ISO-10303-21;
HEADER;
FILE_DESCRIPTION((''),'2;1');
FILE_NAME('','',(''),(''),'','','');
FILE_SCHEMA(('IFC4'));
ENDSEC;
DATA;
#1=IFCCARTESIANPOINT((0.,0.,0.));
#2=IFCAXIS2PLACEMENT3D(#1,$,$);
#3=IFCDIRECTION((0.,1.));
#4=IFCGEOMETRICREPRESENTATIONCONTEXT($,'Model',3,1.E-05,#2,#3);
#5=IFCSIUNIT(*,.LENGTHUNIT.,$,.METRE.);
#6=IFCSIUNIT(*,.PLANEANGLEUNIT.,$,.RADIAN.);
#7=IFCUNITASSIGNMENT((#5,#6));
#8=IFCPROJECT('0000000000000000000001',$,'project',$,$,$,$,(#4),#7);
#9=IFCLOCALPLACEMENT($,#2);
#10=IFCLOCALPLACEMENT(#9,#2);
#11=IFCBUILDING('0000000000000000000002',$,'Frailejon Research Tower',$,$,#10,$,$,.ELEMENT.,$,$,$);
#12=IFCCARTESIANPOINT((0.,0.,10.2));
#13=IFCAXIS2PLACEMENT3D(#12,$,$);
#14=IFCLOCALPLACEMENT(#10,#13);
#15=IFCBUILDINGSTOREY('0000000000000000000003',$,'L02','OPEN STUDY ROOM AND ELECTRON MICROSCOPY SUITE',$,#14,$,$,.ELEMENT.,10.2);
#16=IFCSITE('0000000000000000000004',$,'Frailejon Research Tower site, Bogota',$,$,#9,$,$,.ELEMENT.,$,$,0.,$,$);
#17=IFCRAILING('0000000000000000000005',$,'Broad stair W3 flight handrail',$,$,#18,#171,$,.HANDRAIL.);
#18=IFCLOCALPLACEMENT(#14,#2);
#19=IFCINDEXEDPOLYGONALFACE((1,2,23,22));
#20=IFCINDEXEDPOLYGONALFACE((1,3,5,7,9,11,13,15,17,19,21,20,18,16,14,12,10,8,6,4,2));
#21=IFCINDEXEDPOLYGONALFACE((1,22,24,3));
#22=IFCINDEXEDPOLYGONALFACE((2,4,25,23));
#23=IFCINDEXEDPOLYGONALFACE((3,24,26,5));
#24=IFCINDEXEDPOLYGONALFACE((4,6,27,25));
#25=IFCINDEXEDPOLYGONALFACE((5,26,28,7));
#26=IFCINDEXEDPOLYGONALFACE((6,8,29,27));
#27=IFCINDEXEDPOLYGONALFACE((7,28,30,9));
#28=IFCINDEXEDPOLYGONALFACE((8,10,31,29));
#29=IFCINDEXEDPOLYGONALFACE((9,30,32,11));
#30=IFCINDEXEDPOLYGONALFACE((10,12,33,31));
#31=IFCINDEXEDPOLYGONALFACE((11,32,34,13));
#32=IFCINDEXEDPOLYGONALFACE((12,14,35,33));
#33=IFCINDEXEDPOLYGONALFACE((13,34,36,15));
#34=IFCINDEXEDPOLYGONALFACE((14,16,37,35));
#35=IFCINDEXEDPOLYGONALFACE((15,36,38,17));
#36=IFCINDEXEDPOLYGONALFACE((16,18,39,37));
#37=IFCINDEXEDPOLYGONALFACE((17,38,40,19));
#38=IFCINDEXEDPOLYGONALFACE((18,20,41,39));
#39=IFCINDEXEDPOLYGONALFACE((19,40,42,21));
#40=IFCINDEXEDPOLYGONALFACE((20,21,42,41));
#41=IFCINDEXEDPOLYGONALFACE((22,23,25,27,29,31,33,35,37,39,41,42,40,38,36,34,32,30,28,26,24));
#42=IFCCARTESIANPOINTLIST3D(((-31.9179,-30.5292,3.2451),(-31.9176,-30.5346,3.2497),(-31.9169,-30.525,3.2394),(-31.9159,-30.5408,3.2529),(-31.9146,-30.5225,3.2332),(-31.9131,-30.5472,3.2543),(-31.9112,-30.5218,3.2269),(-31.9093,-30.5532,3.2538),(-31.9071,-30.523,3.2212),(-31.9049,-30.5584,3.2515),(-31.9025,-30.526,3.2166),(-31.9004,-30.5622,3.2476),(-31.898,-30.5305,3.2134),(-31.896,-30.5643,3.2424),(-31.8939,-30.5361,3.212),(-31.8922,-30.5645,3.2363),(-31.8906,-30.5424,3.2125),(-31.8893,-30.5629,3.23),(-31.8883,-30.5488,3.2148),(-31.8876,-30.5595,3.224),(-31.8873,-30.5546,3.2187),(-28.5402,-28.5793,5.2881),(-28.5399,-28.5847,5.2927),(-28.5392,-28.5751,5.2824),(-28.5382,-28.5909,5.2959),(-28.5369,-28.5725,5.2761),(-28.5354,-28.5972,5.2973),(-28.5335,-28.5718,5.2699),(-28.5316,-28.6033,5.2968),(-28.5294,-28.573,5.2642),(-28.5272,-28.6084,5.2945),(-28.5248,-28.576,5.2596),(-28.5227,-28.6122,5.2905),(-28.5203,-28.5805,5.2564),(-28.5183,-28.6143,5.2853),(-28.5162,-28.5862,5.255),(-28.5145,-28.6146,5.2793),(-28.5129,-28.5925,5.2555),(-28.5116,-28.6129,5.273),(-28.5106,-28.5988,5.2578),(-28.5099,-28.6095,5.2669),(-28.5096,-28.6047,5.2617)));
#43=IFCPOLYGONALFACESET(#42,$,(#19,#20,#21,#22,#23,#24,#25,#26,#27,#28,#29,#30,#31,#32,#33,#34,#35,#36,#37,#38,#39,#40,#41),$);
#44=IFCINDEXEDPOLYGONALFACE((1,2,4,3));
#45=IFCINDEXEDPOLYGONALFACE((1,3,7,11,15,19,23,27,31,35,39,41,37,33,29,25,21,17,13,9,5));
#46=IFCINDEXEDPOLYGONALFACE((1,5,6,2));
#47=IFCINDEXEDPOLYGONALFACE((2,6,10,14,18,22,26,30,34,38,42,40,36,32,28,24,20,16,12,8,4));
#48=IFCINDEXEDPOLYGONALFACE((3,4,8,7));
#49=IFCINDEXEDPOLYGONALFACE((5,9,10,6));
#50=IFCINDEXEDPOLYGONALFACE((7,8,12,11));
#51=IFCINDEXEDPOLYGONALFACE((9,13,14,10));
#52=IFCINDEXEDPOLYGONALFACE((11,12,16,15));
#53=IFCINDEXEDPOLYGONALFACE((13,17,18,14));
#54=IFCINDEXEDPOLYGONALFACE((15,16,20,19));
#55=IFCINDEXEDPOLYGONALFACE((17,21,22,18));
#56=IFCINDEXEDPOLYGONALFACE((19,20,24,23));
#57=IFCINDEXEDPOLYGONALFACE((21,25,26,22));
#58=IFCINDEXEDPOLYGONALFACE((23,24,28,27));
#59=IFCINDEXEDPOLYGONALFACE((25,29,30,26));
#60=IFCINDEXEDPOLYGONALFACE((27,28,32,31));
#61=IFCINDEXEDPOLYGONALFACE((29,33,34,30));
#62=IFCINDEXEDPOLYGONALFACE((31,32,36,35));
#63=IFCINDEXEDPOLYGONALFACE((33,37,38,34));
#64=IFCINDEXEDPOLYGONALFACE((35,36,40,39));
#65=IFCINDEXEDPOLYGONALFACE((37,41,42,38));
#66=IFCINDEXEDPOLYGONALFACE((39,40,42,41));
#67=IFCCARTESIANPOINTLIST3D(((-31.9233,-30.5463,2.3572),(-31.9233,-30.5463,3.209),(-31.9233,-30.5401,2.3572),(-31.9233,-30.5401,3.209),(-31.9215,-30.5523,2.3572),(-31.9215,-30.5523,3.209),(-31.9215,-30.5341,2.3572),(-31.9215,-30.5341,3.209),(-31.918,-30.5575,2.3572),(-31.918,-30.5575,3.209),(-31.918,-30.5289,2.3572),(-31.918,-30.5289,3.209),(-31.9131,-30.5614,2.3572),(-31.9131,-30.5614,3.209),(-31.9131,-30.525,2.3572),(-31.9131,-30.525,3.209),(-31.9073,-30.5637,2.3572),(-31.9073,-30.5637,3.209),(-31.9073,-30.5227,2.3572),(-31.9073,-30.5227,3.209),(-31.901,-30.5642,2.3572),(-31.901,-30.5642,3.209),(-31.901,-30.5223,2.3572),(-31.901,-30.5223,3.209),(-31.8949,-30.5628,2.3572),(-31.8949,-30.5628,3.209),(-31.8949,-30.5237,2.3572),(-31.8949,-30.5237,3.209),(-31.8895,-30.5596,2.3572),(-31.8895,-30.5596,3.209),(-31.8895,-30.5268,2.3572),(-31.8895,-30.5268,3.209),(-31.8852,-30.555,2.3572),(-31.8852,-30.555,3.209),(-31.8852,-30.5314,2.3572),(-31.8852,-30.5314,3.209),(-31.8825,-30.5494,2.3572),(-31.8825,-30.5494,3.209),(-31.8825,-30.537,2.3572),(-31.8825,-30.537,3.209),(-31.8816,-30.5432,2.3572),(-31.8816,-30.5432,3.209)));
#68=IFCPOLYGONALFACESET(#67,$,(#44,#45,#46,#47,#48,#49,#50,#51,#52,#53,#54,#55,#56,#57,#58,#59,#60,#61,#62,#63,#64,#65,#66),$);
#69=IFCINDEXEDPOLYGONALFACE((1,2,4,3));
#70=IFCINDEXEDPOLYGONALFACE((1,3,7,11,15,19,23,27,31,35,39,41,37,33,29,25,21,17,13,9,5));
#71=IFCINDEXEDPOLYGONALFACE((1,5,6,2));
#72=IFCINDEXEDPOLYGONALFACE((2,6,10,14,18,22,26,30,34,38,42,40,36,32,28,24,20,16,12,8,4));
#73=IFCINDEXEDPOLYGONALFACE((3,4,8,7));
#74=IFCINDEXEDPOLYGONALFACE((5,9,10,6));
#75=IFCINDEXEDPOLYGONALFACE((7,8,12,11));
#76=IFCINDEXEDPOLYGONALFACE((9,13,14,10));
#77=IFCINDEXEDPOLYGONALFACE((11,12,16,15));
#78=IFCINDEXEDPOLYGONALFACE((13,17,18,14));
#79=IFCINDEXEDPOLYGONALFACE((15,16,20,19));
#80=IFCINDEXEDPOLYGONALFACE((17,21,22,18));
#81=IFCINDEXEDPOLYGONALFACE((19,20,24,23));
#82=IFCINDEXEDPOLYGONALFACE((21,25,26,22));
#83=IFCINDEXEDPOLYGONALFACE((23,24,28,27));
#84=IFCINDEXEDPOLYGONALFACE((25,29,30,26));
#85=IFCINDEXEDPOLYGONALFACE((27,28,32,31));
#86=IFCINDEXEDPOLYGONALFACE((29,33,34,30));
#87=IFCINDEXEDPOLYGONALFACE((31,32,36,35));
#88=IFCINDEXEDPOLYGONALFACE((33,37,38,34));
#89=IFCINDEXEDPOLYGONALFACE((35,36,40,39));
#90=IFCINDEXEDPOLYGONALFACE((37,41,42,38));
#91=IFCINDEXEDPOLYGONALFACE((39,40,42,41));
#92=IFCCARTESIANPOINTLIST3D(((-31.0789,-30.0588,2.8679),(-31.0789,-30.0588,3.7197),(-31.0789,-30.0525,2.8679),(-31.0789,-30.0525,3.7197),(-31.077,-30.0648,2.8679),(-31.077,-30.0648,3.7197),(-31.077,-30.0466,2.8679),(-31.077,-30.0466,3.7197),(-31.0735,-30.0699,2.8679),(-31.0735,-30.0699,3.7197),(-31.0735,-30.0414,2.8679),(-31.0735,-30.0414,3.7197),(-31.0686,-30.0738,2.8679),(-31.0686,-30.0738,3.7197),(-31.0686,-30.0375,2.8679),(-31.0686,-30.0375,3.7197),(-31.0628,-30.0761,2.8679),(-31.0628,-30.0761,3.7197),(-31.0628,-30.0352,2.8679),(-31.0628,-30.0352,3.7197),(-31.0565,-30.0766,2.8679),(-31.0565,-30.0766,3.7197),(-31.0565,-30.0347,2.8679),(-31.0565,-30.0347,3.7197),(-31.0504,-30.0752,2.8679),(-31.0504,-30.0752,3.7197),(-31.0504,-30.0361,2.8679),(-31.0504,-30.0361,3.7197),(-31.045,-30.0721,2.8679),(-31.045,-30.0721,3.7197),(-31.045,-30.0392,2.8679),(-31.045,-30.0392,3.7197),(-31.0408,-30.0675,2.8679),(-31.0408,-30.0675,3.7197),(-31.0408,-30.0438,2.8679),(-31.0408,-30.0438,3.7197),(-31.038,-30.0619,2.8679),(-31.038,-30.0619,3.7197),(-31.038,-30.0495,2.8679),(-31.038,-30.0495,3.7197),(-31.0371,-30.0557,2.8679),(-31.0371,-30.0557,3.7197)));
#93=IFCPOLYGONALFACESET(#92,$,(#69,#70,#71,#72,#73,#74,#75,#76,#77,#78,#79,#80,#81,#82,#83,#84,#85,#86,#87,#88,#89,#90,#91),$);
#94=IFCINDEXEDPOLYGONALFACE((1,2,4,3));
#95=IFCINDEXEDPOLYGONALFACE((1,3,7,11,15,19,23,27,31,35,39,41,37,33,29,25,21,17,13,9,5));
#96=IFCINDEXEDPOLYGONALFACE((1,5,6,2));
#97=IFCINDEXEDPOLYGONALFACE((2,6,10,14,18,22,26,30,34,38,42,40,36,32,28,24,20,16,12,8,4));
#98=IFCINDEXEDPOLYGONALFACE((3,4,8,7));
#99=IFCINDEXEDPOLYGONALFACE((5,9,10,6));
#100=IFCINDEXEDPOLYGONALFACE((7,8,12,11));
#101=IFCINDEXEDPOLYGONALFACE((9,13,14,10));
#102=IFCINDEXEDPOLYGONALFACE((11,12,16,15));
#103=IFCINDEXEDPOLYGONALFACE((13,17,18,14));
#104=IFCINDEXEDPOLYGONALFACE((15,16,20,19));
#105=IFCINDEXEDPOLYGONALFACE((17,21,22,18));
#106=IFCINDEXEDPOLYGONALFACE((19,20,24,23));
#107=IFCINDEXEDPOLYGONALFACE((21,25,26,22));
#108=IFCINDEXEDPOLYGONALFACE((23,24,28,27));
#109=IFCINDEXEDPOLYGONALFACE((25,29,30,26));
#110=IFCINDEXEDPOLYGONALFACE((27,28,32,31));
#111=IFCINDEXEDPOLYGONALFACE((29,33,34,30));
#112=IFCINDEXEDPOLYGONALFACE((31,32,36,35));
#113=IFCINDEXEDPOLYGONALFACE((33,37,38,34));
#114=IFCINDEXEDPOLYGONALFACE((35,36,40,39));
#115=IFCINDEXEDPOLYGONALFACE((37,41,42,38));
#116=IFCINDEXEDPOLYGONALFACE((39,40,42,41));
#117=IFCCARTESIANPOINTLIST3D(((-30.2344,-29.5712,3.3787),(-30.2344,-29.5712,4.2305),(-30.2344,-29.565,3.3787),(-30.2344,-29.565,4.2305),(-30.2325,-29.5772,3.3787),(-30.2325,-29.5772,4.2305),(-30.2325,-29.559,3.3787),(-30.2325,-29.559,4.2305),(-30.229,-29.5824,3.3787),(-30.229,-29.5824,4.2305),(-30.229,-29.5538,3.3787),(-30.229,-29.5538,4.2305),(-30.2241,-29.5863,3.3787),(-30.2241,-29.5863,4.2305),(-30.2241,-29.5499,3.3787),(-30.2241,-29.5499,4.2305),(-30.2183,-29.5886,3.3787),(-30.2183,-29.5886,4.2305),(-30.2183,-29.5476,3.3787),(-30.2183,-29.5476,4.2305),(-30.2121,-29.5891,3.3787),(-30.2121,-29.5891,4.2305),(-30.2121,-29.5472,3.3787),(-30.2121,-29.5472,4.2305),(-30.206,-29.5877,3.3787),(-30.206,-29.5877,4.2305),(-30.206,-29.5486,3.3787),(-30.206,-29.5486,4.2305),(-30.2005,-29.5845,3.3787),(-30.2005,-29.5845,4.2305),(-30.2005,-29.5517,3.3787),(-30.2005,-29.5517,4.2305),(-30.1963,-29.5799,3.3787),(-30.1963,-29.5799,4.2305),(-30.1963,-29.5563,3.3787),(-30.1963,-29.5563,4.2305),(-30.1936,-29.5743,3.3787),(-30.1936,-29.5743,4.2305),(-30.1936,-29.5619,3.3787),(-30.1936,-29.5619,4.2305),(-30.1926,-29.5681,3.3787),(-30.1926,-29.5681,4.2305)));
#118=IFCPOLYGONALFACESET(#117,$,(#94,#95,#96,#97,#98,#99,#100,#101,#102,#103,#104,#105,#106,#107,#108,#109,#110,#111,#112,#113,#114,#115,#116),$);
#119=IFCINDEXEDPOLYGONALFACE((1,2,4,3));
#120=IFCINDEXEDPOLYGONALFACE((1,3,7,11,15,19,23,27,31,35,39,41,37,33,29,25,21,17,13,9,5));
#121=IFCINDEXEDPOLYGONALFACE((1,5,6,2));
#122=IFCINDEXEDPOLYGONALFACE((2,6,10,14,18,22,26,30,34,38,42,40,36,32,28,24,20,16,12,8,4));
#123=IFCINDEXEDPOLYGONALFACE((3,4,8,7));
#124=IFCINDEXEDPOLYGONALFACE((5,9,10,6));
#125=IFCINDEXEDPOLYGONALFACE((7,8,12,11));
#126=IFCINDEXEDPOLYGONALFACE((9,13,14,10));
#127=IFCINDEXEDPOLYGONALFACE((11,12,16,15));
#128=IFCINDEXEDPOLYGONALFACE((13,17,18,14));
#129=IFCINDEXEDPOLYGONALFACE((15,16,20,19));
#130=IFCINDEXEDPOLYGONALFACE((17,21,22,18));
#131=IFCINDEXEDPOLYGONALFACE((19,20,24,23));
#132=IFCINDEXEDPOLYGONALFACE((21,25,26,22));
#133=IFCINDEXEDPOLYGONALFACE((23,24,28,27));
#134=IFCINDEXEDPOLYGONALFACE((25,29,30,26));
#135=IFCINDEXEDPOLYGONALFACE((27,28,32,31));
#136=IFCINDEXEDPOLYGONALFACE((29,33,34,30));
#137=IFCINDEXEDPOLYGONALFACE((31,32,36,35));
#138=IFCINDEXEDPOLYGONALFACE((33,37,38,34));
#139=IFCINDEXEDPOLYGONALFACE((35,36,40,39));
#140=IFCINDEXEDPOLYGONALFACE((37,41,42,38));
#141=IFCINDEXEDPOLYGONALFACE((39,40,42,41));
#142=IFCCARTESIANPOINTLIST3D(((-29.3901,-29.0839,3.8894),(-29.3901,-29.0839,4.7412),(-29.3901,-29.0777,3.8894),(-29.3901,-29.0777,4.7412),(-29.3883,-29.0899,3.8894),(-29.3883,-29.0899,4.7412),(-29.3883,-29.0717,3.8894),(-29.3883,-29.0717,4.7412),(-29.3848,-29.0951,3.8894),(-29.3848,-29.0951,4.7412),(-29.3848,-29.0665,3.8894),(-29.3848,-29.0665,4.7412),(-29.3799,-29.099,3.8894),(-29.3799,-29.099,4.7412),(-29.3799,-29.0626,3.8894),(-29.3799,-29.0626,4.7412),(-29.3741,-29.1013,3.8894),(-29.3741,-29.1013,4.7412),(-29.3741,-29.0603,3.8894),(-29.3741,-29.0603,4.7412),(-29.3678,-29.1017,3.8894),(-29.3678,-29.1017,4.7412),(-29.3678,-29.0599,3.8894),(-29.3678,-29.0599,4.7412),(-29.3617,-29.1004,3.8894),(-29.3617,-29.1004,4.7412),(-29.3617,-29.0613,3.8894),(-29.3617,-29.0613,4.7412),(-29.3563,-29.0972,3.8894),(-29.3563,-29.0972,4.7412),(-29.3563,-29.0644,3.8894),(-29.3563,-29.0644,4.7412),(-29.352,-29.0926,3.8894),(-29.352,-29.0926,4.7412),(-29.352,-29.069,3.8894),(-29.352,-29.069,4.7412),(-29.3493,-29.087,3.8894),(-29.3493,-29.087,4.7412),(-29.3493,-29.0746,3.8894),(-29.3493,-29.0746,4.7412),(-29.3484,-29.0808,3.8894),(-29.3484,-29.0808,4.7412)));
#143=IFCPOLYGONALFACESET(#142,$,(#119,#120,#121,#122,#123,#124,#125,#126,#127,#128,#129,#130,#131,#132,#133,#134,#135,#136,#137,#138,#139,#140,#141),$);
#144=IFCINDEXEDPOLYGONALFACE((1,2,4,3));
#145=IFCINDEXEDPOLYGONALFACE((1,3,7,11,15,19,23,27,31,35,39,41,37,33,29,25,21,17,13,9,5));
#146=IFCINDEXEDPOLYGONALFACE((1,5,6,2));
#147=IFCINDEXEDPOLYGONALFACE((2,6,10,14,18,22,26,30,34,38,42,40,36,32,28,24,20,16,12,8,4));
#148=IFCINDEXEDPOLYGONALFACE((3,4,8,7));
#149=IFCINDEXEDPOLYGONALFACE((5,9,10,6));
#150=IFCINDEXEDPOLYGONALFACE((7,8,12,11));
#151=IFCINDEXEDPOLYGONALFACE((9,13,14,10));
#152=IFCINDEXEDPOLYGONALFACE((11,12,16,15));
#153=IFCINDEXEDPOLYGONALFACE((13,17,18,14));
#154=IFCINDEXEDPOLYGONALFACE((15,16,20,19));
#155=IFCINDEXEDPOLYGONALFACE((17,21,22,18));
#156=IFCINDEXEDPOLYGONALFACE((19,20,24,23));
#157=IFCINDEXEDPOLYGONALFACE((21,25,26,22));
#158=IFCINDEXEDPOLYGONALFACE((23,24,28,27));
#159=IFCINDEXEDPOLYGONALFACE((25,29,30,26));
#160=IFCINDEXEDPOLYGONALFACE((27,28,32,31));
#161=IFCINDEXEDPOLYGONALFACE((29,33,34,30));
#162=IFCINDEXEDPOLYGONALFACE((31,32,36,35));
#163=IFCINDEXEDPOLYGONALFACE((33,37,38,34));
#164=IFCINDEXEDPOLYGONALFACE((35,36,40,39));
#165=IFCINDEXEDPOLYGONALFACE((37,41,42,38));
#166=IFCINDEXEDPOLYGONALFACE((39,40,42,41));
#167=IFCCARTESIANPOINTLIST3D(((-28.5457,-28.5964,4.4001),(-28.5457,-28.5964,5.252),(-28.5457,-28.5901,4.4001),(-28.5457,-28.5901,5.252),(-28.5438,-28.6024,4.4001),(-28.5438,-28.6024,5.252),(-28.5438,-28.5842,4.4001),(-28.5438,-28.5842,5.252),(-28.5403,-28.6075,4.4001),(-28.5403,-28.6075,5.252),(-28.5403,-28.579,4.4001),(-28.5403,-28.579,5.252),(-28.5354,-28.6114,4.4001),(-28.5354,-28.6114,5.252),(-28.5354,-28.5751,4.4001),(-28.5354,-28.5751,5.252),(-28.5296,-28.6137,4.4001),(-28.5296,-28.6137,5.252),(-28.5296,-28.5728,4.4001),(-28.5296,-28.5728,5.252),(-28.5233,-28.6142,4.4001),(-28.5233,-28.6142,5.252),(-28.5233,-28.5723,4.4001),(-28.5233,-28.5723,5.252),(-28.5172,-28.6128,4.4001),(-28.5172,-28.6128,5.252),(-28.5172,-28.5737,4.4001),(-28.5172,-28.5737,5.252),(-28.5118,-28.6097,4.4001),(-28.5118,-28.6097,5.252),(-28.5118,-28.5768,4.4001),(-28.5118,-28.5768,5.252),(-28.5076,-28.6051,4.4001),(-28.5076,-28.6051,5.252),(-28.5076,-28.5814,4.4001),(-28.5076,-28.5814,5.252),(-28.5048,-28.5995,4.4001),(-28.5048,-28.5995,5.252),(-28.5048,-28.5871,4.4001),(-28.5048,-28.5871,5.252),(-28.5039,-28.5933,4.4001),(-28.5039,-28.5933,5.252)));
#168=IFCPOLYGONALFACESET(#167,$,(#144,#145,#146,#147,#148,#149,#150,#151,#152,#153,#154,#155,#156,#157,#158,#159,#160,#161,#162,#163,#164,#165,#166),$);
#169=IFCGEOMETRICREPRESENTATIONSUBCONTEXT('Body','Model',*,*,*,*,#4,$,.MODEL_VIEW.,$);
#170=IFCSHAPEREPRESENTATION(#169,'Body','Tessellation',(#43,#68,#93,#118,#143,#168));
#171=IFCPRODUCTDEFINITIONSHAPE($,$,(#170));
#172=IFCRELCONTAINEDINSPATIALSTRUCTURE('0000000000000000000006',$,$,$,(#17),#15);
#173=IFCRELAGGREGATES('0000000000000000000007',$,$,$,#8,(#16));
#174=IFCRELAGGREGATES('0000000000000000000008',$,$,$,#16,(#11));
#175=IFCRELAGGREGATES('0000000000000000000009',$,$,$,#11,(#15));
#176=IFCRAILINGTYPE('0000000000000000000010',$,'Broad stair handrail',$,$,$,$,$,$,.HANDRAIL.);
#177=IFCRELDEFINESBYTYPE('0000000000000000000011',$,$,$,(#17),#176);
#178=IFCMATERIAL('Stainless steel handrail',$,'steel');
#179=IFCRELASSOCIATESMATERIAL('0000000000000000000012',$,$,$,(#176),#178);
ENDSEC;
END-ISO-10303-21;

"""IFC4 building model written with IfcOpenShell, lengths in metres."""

from ifc_helpers import new_model, si_unit, direction, frame, origin, origin_2d, place, context, subcontext, project, spatial, circle, extrude, material, type_object, element, save


model = new_model("IFC4")

# Units and contexts
model_context = context("Model", 3, precision=1e-05, world=origin(), true_north=direction((0.0, 1.0)))
body_context = subcontext(model_context, "Body", "Model", "MODEL_VIEW")
ifc_project = project(units=[si_unit("LENGTHUNIT", "METRE"), si_unit("PLANEANGLEUNIT", "RADIAN")], contexts=[model_context])

# Site, building, storey
site_placement = place(None, origin())
site = spatial("IfcSite", under=ifc_project, at=site_placement, Name="Frailejon Research Tower site, Bogota", CompositionType="ELEMENT", RefElevation=0.0)
building_placement = place(site_placement, origin())
building = spatial("IfcBuilding", under=site, at=building_placement, Name="Frailejon Research Tower", CompositionType="ELEMENT")
storey_placement = place(building_placement, frame((0.0, 0.0, 10.2)))
storey = spatial("IfcBuildingStorey", under=building, at=storey_placement, Name="L02", Description="OPEN STUDY ROOM AND ELECTRON MICROSCOPY SUITE", CompositionType="ELEMENT", Elevation=10.2)

# Railing
ifc_material_1 = material(Name="Stainless steel handrail", Category="steel")
railing_type_1 = type_object("IfcRailingType", Name="Broad stair handrail", PredefinedType="HANDRAIL", material=ifc_material_1)
railing_1_placement = place(storey_placement, frame((-31.9026, -30.5432, 2.3572)))
element("IfcRailing", 1, at=railing_1_placement, inside=storey, type_object=railing_type_1, Name="Broad stair W3 flight handrail", PredefinedType="HANDRAIL", context=body_context, shape_type="SweptSolid", body=[
    extrude(circle(Radius=0.0239, at=origin_2d()), frame((0.0, 0.0, 0.876), z_axis=(0.767165, 0.442887, 0.464014), x_axis=(-0.49997, 0.866043, 0.0)), (0.0, 0.0, 1.0), 4.4028),
    extrude(circle(Radius=0.021, at=origin_2d()), origin(), (0.0, 0.0, 1.0), 0.8518),
    extrude(circle(Radius=0.021, at=origin_2d()), frame((0.8445, 0.4875, 0.5107)), (0.0, 0.0, 1.0), 0.8518),
    extrude(circle(Radius=0.021, at=origin_2d()), frame((1.689, 0.9751, 1.0215)), (0.0, 0.0, 1.0), 0.8518),
    extrude(circle(Radius=0.021, at=origin_2d()), frame((2.5332, 1.4624, 1.5322)), (0.0, 0.0, 1.0), 0.8518),
    extrude(circle(Radius=0.021, at=origin_2d()), frame((3.3777, 1.95, 2.043)), (0.0, 0.0, 1.0), 0.8518),
])

save(model, "model.ifc")
